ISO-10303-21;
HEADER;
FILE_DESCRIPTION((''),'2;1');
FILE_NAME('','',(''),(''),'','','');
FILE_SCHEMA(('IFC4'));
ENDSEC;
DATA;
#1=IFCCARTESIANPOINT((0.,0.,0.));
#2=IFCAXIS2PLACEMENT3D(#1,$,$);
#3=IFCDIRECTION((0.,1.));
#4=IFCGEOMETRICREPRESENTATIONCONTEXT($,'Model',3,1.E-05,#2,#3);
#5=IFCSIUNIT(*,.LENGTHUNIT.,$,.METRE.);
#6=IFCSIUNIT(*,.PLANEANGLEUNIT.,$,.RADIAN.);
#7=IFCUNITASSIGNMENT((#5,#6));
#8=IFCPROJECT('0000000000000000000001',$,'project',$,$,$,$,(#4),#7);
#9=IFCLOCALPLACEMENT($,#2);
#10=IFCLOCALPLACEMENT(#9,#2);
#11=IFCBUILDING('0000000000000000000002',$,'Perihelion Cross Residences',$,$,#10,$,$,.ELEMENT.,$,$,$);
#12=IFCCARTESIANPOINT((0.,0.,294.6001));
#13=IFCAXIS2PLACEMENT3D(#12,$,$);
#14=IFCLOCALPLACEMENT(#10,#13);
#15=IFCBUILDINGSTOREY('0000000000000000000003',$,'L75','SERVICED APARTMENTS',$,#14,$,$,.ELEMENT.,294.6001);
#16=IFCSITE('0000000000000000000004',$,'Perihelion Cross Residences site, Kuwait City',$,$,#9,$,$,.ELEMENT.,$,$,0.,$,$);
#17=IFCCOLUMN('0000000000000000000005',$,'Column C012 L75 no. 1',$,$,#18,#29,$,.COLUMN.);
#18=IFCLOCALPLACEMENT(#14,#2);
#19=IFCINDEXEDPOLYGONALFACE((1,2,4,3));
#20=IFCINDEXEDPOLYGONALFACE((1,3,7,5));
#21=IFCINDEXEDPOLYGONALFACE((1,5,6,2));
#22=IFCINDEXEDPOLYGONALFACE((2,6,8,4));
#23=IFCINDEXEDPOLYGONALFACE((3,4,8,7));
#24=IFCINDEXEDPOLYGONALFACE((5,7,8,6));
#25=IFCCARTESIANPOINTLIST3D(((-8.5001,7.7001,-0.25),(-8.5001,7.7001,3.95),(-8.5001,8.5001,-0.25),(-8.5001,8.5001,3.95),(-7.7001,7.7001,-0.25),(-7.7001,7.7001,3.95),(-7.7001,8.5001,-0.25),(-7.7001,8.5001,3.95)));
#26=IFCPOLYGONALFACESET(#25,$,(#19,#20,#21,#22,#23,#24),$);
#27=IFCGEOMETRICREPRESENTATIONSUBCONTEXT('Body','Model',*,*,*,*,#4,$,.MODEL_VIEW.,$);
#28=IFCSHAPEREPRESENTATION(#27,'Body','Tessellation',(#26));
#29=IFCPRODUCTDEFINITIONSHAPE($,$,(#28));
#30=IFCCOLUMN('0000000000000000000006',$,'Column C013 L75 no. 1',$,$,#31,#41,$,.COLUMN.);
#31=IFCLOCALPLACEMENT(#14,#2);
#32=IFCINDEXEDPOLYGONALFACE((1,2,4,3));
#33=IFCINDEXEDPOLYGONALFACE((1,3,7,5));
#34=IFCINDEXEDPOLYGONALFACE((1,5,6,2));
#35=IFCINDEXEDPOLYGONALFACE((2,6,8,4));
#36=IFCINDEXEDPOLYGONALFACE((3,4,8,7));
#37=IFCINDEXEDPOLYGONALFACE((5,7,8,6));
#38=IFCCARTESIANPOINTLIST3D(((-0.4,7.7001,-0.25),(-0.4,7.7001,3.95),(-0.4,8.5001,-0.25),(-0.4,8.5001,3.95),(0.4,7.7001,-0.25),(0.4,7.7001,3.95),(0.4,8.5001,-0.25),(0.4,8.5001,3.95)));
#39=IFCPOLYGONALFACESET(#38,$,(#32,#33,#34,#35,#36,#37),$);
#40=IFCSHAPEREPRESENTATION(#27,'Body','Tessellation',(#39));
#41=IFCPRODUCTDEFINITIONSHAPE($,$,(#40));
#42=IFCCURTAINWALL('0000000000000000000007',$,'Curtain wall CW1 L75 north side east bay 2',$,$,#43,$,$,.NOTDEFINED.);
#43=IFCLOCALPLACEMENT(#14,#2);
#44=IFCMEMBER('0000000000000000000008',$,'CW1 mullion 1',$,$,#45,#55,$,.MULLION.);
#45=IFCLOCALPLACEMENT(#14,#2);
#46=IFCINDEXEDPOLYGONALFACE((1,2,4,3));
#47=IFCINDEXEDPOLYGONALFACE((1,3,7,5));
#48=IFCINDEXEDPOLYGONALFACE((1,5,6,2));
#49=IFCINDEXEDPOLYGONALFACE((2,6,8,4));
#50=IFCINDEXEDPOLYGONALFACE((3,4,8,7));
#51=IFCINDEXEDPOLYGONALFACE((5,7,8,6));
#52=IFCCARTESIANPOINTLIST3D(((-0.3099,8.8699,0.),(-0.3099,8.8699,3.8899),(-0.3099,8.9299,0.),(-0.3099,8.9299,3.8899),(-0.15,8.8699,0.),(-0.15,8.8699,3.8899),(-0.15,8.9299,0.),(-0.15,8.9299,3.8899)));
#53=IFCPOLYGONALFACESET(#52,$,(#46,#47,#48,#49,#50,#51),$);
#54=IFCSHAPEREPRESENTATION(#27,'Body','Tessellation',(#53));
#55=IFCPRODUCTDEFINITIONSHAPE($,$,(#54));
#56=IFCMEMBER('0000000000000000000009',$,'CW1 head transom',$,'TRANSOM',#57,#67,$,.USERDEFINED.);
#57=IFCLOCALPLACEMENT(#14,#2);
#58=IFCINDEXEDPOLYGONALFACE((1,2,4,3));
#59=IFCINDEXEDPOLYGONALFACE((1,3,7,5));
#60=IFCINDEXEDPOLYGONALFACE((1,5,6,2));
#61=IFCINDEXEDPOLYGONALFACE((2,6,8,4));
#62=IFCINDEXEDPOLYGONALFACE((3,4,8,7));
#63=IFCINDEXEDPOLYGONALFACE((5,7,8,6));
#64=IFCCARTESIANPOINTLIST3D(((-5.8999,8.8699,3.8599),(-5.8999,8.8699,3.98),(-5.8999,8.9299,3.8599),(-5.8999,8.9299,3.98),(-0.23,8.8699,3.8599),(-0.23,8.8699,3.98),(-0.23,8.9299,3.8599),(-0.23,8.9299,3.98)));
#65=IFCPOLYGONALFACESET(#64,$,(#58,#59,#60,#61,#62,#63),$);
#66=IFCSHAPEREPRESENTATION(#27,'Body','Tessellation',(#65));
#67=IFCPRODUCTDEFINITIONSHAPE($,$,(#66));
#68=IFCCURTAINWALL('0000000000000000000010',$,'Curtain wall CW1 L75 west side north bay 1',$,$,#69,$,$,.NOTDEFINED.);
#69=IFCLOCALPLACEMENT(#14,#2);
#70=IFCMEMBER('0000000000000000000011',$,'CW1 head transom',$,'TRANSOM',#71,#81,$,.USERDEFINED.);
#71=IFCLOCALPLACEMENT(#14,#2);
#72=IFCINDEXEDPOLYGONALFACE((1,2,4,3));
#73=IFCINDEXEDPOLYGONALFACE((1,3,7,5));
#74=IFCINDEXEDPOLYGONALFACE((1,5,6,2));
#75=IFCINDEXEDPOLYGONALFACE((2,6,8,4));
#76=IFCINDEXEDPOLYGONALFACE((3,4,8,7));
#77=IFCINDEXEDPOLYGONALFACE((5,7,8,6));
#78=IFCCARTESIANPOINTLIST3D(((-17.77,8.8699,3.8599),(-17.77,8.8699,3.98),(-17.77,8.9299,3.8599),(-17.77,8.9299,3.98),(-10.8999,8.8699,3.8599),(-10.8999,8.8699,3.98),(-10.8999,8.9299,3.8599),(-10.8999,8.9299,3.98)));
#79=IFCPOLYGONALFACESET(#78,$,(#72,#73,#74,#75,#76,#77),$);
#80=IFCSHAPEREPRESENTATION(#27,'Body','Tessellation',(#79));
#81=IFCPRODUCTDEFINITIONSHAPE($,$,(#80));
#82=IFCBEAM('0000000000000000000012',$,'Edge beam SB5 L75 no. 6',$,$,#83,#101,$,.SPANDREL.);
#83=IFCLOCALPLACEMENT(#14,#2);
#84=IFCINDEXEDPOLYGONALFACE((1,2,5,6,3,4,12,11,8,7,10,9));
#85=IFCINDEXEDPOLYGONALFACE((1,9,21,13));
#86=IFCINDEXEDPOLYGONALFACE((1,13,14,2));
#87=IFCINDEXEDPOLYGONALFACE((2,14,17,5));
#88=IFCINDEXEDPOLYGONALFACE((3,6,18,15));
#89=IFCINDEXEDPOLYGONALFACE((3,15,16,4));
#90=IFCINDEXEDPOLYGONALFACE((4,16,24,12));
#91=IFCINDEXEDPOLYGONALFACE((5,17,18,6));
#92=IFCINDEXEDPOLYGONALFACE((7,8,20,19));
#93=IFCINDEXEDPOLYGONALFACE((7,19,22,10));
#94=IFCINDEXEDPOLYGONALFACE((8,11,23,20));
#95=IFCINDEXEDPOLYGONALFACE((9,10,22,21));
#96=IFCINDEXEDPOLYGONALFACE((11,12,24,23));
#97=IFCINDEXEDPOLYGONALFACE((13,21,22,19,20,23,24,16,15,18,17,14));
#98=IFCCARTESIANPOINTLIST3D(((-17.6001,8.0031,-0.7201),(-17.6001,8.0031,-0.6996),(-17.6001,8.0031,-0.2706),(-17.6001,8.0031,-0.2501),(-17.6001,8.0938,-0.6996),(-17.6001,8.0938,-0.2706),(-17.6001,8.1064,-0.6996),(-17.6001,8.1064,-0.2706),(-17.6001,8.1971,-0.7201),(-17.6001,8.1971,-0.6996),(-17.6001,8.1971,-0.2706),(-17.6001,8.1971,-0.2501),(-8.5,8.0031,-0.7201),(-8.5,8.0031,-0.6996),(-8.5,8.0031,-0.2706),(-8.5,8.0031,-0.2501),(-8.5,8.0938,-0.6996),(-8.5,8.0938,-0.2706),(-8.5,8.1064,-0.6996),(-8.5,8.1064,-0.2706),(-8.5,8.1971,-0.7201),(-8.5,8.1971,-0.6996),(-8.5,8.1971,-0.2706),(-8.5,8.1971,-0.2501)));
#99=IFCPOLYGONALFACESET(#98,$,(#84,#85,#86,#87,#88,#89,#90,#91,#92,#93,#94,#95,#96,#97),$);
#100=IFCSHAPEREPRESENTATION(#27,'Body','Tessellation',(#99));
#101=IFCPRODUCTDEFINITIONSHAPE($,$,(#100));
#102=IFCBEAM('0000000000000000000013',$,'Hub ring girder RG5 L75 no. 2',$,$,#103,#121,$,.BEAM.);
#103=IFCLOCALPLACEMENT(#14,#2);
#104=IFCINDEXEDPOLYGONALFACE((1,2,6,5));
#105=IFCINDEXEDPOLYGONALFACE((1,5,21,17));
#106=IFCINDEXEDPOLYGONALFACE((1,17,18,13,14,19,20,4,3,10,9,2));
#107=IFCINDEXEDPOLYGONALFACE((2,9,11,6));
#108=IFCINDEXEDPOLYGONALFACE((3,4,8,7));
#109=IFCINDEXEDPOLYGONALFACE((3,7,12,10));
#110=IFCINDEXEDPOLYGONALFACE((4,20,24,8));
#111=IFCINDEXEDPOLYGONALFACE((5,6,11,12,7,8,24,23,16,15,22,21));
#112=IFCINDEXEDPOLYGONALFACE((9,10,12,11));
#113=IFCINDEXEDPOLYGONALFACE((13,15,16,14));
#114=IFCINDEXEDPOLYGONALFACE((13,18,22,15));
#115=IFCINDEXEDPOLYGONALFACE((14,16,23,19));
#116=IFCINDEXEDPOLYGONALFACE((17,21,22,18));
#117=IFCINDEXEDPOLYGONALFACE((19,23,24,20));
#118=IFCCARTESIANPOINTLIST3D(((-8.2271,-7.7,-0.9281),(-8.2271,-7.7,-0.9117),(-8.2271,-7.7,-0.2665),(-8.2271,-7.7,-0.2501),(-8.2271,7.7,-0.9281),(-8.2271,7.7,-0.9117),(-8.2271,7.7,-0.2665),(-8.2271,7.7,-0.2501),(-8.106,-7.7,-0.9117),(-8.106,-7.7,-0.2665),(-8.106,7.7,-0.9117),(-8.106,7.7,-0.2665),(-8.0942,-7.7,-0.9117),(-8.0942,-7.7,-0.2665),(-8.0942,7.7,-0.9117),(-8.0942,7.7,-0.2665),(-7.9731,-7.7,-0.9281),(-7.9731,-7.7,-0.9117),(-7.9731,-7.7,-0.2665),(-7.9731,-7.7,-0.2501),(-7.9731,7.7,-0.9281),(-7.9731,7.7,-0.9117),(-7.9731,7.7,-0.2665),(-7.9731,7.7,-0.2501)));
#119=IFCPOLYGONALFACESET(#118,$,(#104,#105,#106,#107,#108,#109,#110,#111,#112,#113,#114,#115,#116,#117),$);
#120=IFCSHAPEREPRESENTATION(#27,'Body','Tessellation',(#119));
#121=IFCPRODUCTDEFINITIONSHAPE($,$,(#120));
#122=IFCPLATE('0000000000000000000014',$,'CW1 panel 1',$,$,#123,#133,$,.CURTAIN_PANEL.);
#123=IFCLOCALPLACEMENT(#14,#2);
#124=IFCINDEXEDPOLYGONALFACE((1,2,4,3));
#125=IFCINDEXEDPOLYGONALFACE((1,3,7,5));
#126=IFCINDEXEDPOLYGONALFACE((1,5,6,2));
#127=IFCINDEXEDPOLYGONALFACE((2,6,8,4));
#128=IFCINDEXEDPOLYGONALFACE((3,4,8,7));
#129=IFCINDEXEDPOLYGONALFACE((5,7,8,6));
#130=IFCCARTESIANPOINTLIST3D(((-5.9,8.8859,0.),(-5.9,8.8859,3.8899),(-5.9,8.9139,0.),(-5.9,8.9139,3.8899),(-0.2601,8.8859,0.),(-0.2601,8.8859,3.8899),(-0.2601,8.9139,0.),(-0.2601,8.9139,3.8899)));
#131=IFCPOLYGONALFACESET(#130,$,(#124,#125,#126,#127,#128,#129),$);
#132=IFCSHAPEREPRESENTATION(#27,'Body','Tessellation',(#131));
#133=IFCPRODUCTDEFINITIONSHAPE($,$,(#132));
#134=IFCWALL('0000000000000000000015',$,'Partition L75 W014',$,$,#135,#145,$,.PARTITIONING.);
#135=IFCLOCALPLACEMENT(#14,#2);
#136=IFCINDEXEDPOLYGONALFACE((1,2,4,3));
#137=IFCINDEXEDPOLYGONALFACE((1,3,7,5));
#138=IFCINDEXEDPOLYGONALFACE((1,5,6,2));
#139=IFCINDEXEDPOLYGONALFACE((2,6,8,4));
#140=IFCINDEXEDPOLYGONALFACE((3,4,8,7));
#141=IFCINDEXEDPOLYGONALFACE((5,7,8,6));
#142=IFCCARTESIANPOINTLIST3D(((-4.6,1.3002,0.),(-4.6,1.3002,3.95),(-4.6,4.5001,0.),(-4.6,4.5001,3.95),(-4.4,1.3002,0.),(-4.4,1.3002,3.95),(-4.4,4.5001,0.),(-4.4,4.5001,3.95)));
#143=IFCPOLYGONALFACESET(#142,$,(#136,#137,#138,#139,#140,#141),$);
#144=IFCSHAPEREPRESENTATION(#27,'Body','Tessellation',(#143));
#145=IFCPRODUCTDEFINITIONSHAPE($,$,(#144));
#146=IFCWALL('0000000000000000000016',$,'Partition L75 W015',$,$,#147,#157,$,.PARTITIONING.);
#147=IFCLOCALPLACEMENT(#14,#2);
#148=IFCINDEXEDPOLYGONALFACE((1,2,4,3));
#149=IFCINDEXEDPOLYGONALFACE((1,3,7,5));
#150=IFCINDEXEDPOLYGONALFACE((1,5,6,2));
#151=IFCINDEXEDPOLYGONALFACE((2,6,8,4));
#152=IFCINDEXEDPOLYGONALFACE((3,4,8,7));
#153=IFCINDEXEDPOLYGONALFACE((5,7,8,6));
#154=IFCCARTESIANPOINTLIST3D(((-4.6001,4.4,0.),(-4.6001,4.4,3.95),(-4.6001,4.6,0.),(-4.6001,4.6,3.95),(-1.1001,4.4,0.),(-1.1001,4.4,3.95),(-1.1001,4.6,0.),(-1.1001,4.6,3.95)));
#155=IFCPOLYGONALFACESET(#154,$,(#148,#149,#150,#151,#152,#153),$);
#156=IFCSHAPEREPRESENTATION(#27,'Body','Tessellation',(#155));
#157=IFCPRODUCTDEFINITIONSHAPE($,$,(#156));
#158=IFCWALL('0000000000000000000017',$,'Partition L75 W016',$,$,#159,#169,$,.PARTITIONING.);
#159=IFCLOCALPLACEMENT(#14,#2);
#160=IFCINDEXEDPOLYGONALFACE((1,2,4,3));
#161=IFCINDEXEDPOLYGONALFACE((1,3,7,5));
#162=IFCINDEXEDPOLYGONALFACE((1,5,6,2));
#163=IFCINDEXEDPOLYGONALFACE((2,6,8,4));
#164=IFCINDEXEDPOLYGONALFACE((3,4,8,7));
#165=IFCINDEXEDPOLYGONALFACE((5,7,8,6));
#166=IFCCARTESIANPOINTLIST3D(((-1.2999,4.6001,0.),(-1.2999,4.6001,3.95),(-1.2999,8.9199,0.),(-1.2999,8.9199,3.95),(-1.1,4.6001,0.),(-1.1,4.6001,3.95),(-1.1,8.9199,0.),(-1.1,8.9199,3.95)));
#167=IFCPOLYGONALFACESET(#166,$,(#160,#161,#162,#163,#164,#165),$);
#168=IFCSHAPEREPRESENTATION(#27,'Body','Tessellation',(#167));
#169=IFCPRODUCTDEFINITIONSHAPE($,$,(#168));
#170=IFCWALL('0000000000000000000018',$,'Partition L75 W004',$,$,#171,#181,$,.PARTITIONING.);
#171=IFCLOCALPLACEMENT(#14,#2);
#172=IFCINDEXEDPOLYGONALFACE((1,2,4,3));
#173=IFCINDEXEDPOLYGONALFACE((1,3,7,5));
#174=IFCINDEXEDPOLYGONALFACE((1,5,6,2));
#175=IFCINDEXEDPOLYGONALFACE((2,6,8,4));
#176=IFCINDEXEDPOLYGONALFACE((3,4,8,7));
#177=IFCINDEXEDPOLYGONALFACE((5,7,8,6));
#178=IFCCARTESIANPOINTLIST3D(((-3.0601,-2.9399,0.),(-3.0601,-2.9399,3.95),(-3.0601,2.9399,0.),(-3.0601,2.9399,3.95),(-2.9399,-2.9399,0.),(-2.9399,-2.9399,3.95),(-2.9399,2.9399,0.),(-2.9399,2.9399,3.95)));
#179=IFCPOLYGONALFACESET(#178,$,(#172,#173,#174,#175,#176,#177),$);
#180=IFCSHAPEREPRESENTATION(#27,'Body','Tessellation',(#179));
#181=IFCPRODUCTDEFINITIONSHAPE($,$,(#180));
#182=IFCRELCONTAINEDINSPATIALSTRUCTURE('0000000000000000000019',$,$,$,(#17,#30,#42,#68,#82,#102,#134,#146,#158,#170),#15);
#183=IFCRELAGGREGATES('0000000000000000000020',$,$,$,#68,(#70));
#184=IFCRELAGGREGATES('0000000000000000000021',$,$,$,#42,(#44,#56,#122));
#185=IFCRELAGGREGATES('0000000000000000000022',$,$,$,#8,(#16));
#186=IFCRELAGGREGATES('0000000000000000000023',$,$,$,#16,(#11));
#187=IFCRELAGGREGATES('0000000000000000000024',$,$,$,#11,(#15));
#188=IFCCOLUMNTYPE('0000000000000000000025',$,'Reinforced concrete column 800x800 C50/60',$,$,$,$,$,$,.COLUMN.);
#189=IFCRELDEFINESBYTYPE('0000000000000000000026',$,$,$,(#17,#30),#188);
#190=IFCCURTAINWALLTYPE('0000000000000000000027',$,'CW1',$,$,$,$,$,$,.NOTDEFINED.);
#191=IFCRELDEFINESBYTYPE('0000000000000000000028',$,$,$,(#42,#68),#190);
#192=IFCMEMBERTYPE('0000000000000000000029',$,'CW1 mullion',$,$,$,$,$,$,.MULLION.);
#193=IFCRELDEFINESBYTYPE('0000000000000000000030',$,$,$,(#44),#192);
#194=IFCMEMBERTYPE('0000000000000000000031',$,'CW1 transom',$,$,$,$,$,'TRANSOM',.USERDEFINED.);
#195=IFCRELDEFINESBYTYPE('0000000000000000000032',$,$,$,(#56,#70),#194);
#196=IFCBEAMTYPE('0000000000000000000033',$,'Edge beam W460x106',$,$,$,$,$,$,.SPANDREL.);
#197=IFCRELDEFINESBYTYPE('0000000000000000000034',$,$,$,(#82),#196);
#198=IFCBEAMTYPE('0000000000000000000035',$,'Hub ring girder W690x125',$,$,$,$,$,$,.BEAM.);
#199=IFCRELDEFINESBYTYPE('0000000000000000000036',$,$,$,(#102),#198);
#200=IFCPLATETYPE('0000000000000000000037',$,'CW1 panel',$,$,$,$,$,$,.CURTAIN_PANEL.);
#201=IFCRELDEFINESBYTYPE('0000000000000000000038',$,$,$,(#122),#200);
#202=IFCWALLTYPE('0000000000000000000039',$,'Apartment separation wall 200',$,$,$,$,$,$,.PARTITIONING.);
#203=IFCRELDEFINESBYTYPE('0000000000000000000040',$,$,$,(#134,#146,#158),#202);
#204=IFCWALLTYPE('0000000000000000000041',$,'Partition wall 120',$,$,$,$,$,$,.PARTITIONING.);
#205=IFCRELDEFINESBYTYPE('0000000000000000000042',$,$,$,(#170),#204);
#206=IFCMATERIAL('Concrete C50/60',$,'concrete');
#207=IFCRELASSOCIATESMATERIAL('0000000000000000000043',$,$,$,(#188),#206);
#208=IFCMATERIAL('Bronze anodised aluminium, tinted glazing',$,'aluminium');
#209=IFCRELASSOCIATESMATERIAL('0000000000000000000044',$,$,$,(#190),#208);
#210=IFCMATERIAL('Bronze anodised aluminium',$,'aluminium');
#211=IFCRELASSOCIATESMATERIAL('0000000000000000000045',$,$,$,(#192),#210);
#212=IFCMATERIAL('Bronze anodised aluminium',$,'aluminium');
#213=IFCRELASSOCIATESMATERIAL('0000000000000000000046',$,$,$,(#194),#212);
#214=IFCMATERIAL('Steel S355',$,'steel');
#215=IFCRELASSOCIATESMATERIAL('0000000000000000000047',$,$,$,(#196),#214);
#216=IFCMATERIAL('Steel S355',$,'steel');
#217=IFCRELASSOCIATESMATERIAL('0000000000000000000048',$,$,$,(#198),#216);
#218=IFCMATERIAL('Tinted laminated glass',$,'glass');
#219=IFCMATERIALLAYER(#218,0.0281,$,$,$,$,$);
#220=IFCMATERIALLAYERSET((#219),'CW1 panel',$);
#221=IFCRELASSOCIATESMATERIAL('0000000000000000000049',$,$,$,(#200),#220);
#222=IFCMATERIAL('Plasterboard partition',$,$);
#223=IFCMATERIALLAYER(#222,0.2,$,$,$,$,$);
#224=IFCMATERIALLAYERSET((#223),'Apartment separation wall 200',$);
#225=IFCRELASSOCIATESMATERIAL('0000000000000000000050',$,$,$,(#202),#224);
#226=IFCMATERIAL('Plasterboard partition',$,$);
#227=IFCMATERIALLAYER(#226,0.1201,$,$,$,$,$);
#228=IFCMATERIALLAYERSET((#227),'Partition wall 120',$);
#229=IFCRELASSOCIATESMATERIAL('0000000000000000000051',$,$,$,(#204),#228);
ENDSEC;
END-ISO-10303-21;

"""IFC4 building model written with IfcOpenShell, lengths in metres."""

from ifc_helpers import new_model, si_unit, direction, frame, frame_2d, origin, origin_2d, place, context, subcontext, project, spatial, rectangle, i_section, extrude, material, layer, layer_set, material_profile, profile_set, type_object, element, aggregate, save


model = new_model("IFC4")

# Units and contexts
model_context = context("Model", 3, precision=1e-05, world=origin(), true_north=direction((0.0, 1.0)))
body_context = subcontext(model_context, "Body", "Model", "MODEL_VIEW")
ifc_project = project(units=[si_unit("LENGTHUNIT", "METRE"), si_unit("PLANEANGLEUNIT", "RADIAN")], contexts=[model_context])

# Site, building, storey
site_placement = place(None, origin())
site = spatial("IfcSite", under=ifc_project, at=site_placement, Name="Perihelion Cross Residences site, Kuwait City", CompositionType="ELEMENT", RefElevation=0.0)
building_placement = place(site_placement, origin())
building = spatial("IfcBuilding", under=site, at=building_placement, Name="Perihelion Cross Residences", CompositionType="ELEMENT")
storey_placement = place(building_placement, frame((0.0, 0.0, 294.6001)))
storey = spatial("IfcBuildingStorey", under=building, at=storey_placement, Name="L75", Description="SERVICED APARTMENTS", CompositionType="ELEMENT", Elevation=294.6001)

# Columns
ifc_material_1 = material(Name="Concrete C50/60", Category="concrete")
ifc_material_profile_1 = material_profile(ifc_material_1, rectangle(XDim=0.8, YDim=0.8, at=origin_2d()), Name="RC 800x800")
ifc_profile_set_1 = profile_set([ifc_material_profile_1], Name="Concrete C50/60")
column_type = type_object("IfcColumnType", Name="Reinforced concrete column 800x800 C50/60", PredefinedType="COLUMN", material=ifc_profile_set_1)
for number, where, z_axis, x_axis, name in (
    (1, (-8.1001, 8.1001, -0.25), (0.0, 0.0, 1.0), (1.0, 0.0, 0.0), "Column C012 L75 no. 1"),
    (2, (0.0, 8.1001, -0.25), (0.0, 0.0, 1.0), (1.0, 0.0, 0.0), "Column C013 L75 no. 1"),
):
    element("IfcColumn", number, at=place(storey_placement, frame(where, z_axis=z_axis, x_axis=x_axis)), inside=storey, type_object=column_type, Name=name, PredefinedType="COLUMN", context=body_context, shape_type="SweptSolid", body=[
        extrude(rectangle(XDim=0.8, YDim=0.8, at=origin_2d()), origin(), (0.0, 0.0, 1.0), 4.2),
    ])

# Curtain wall, members
ifc_material_2 = material(Name="Bronze anodised aluminium, tinted glazing", Category="aluminium")
curtain_wall_type = type_object("IfcCurtainWallType", Name="CW1", PredefinedType="NOTDEFINED", material=ifc_material_2)
curtain_wall_1_placement = place(storey_placement, origin())
curtain_wall_1 = element("IfcCurtainWall", 3, at=curtain_wall_1_placement, inside=storey, type_object=curtain_wall_type, Name="Curtain wall CW1 L75 north side east bay 2", PredefinedType="NOTDEFINED")
ifc_material_3 = material(Name="Bronze anodised aluminium", Category="aluminium")
ifc_material_profile_2 = material_profile(ifc_material_3, rectangle(XDim=0.0601, YDim=0.1599, at=origin_2d()), Name="CW1 mullion")
ifc_profile_set_2 = profile_set([ifc_material_profile_2], Name="Bronze anodised aluminium")
member_type_1 = type_object("IfcMemberType", Name="CW1 mullion", PredefinedType="MULLION", material=ifc_profile_set_2)
member_1_placement = place(storey_placement, frame((-0.23, 8.8999, 0.0), z_axis=(0.0, 0.0, 1.0), x_axis=(0.0, -1.0, 0.0)))
member_1 = element("IfcMember", 4, at=member_1_placement, type_object=member_type_1, Name="CW1 mullion 1", PredefinedType="MULLION", context=body_context, shape_type="SweptSolid", body=[
    extrude(rectangle(XDim=0.0601, YDim=0.1599, at=origin_2d()), origin(), (0.0, 0.0, 1.0), 3.8899),
])
ifc_material_4 = material(Name="Bronze anodised aluminium", Category="aluminium")
ifc_material_profile_3 = material_profile(ifc_material_4, rectangle(XDim=0.0601, YDim=0.1201, at=origin_2d()), Name="CW1 transom")
ifc_profile_set_3 = profile_set([ifc_material_profile_3], Name="Bronze anodised aluminium")
member_type_2 = type_object("IfcMemberType", Name="CW1 transom", ElementType="TRANSOM", PredefinedType="USERDEFINED", material=ifc_profile_set_3)
member_2_placement = place(storey_placement, frame((-0.23, 8.8999, 3.9199), z_axis=(-1.0, 0.0, 0.0), x_axis=(0.0, -1.0, 0.0)))
member_2 = element("IfcMember", 5, at=member_2_placement, type_object=member_type_2, Name="CW1 head transom", ObjectType="TRANSOM", PredefinedType="USERDEFINED", context=body_context, shape_type="SweptSolid", body=[
    extrude(rectangle(XDim=0.0601, YDim=0.1201, at=origin_2d()), origin(), (0.0, 0.0, 1.0), 5.6699),
])

# Curtain wall, member
curtain_wall_2_placement = place(storey_placement, origin())
curtain_wall_2 = element("IfcCurtainWall", 6, at=curtain_wall_2_placement, inside=storey, type_object=curtain_wall_type, Name="Curtain wall CW1 L75 west side north bay 1", PredefinedType="NOTDEFINED")
member_3_placement = place(storey_placement, frame((-10.8999, 8.8999, 3.9199), z_axis=(-1.0, 0.0, 0.0), x_axis=(0.0, -1.0, 0.0)))
member_3 = element("IfcMember", 7, at=member_3_placement, type_object=member_type_2, Name="CW1 head transom", ObjectType="TRANSOM", PredefinedType="USERDEFINED", context=body_context, shape_type="SweptSolid", body=[
    extrude(rectangle(XDim=0.0601, YDim=0.1201, at=origin_2d()), origin(), (0.0, 0.0, 1.0), 6.8701),
])
aggregate(curtain_wall_2, [member_3])

# Beams
ifc_material_5 = material(Name="Steel S355", Category="steel")
ifc_material_profile_4 = material_profile(ifc_material_5, i_section(OverallWidth=0.1941, OverallDepth=0.47, WebThickness=0.0127, FlangeThickness=0.0205, at=origin_2d()), Name="W460x106")
ifc_profile_set_4 = profile_set([ifc_material_profile_4], Name="Steel S355")
beam_type_1 = type_object("IfcBeamType", Name="Edge beam W460x106", PredefinedType="SPANDREL", material=ifc_profile_set_4)
beam_1_placement = place(storey_placement, frame((-8.5, 8.1001, -0.4851), z_axis=(-1.0, 0.0, 0.0), x_axis=(0.0, -1.0, 0.0)))
element("IfcBeam", 8, at=beam_1_placement, inside=storey, type_object=beam_type_1, Name="Edge beam SB5 L75 no. 6", PredefinedType="SPANDREL", context=body_context, shape_type="SweptSolid", body=[
    extrude(i_section(OverallWidth=0.1941, OverallDepth=0.47, WebThickness=0.0127, FlangeThickness=0.0205, at=origin_2d()), origin(), (0.0, 0.0, 1.0), 9.1001),
])
ifc_material_6 = material(Name="Steel S355", Category="steel")
ifc_material_profile_5 = material_profile(ifc_material_6, i_section(OverallWidth=0.2539, OverallDepth=0.678, WebThickness=0.0117, FlangeThickness=0.0164, at=origin_2d()), Name="W690x125")
ifc_profile_set_5 = profile_set([ifc_material_profile_5], Name="Steel S355")
beam_type_2 = type_object("IfcBeamType", Name="Hub ring girder W690x125", PredefinedType="BEAM", material=ifc_profile_set_5)
beam_2_placement = place(storey_placement, frame((-8.1001, 7.7, -0.5891), z_axis=(0.0, -1.0, 0.0), x_axis=(1.0, 0.0, 0.0)))
element("IfcBeam", 9, at=beam_2_placement, inside=storey, type_object=beam_type_2, Name="Hub ring girder RG5 L75 no. 2", PredefinedType="BEAM", context=body_context, shape_type="SweptSolid", body=[
    extrude(i_section(OverallWidth=0.2539, OverallDepth=0.678, WebThickness=0.0117, FlangeThickness=0.0164, at=origin_2d()), origin(), (0.0, 0.0, 1.0), 15.3999),
])

# Plate
ifc_material_7 = material(Name="Tinted laminated glass", Category="glass")
ifc_layer_1 = layer(ifc_material_7, 0.0281)
ifc_layer_set_1 = layer_set([ifc_layer_1], Name="CW1 panel")
plate_type = type_object("IfcPlateType", Name="CW1 panel", PredefinedType="CURTAIN_PANEL", material=ifc_layer_set_1)
plate_placement = place(storey_placement, frame((-3.0801, 8.8999, 0.0), z_axis=(0.0, 0.0, 1.0), x_axis=(-1.0, 0.0, 0.0)))
plate = element("IfcPlate", 10, at=plate_placement, type_object=plate_type, Name="CW1 panel 1", PredefinedType="CURTAIN_PANEL", context=body_context, shape_type="SweptSolid", body=[
    extrude(rectangle(XDim=5.6399, YDim=0.0281, at=origin_2d()), origin(), (0.0, 0.0, 1.0), 3.8899),
])
aggregate(curtain_wall_1, [member_1, member_2, plate])

# Walls
ifc_material_8 = material(Name="Plasterboard partition")
ifc_layer_2 = layer(ifc_material_8, 0.2)
ifc_layer_set_2 = layer_set([ifc_layer_2], Name="Apartment separation wall 200")
wall_type_1 = type_object("IfcWallType", Name="Apartment separation wall 200", PredefinedType="PARTITIONING", material=ifc_layer_set_2)
wall_1_placement = place(storey_placement, frame((-4.5, 1.3, 0.0), z_axis=(0.0, 0.0, 1.0), x_axis=(0.0, 1.0, 0.0)))
element("IfcWall", 11, at=wall_1_placement, inside=storey, type_object=wall_type_1, Name="Partition L75 W014", PredefinedType="PARTITIONING", context=body_context, shape_type="SweptSolid", body=[
    extrude(rectangle(XDim=3.2, YDim=0.2, at=frame_2d((1.6001, 0.0))), origin(), (0.0, 0.0, 1.0), 3.95),
])
wall_2_placement = place(storey_placement, frame((-4.6001, 4.5, 0.0), z_axis=(0.0, 0.0, 1.0), x_axis=(1.0, 0.0, 0.0)))
element("IfcWall", 12, at=wall_2_placement, inside=storey, type_object=wall_type_1, Name="Partition L75 W015", PredefinedType="PARTITIONING", context=body_context, shape_type="SweptSolid", body=[
    extrude(rectangle(XDim=3.5, YDim=0.2, at=frame_2d((1.75, 0.0))), origin(), (0.0, 0.0, 1.0), 3.95),
])
wall_3_placement = place(storey_placement, frame((-1.2, 4.6001, 0.0), z_axis=(0.0, 0.0, 1.0), x_axis=(0.0, 1.0, 0.0)))
element("IfcWall", 13, at=wall_3_placement, inside=storey, type_object=wall_type_1, Name="Partition L75 W016", PredefinedType="PARTITIONING", context=body_context, shape_type="SweptSolid", body=[
    extrude(rectangle(XDim=4.3198, YDim=0.2, at=frame_2d((2.1599, 0.0))), origin(), (0.0, 0.0, 1.0), 3.95),
])

# Wall
ifc_material_9 = material(Name="Plasterboard partition")
ifc_layer_3 = layer(ifc_material_9, 0.1201)
ifc_layer_set_3 = layer_set([ifc_layer_3], Name="Partition wall 120")
wall_type_2 = type_object("IfcWallType", Name="Partition wall 120", PredefinedType="PARTITIONING", material=ifc_layer_set_3)
wall_4_placement = place(storey_placement, frame((-3.0, 2.9399, 0.0), z_axis=(0.0, 0.0, 1.0), x_axis=(0.0, -1.0, 0.0)))
element("IfcWall", 14, at=wall_4_placement, inside=storey, type_object=wall_type_2, Name="Partition L75 W004", PredefinedType="PARTITIONING", context=body_context, shape_type="SweptSolid", body=[
    extrude(rectangle(XDim=5.8799, YDim=0.1201, at=frame_2d((2.9399, 0.0))), origin(), (0.0, 0.0, 1.0), 3.95),
])

save(model, "model.ifc")
